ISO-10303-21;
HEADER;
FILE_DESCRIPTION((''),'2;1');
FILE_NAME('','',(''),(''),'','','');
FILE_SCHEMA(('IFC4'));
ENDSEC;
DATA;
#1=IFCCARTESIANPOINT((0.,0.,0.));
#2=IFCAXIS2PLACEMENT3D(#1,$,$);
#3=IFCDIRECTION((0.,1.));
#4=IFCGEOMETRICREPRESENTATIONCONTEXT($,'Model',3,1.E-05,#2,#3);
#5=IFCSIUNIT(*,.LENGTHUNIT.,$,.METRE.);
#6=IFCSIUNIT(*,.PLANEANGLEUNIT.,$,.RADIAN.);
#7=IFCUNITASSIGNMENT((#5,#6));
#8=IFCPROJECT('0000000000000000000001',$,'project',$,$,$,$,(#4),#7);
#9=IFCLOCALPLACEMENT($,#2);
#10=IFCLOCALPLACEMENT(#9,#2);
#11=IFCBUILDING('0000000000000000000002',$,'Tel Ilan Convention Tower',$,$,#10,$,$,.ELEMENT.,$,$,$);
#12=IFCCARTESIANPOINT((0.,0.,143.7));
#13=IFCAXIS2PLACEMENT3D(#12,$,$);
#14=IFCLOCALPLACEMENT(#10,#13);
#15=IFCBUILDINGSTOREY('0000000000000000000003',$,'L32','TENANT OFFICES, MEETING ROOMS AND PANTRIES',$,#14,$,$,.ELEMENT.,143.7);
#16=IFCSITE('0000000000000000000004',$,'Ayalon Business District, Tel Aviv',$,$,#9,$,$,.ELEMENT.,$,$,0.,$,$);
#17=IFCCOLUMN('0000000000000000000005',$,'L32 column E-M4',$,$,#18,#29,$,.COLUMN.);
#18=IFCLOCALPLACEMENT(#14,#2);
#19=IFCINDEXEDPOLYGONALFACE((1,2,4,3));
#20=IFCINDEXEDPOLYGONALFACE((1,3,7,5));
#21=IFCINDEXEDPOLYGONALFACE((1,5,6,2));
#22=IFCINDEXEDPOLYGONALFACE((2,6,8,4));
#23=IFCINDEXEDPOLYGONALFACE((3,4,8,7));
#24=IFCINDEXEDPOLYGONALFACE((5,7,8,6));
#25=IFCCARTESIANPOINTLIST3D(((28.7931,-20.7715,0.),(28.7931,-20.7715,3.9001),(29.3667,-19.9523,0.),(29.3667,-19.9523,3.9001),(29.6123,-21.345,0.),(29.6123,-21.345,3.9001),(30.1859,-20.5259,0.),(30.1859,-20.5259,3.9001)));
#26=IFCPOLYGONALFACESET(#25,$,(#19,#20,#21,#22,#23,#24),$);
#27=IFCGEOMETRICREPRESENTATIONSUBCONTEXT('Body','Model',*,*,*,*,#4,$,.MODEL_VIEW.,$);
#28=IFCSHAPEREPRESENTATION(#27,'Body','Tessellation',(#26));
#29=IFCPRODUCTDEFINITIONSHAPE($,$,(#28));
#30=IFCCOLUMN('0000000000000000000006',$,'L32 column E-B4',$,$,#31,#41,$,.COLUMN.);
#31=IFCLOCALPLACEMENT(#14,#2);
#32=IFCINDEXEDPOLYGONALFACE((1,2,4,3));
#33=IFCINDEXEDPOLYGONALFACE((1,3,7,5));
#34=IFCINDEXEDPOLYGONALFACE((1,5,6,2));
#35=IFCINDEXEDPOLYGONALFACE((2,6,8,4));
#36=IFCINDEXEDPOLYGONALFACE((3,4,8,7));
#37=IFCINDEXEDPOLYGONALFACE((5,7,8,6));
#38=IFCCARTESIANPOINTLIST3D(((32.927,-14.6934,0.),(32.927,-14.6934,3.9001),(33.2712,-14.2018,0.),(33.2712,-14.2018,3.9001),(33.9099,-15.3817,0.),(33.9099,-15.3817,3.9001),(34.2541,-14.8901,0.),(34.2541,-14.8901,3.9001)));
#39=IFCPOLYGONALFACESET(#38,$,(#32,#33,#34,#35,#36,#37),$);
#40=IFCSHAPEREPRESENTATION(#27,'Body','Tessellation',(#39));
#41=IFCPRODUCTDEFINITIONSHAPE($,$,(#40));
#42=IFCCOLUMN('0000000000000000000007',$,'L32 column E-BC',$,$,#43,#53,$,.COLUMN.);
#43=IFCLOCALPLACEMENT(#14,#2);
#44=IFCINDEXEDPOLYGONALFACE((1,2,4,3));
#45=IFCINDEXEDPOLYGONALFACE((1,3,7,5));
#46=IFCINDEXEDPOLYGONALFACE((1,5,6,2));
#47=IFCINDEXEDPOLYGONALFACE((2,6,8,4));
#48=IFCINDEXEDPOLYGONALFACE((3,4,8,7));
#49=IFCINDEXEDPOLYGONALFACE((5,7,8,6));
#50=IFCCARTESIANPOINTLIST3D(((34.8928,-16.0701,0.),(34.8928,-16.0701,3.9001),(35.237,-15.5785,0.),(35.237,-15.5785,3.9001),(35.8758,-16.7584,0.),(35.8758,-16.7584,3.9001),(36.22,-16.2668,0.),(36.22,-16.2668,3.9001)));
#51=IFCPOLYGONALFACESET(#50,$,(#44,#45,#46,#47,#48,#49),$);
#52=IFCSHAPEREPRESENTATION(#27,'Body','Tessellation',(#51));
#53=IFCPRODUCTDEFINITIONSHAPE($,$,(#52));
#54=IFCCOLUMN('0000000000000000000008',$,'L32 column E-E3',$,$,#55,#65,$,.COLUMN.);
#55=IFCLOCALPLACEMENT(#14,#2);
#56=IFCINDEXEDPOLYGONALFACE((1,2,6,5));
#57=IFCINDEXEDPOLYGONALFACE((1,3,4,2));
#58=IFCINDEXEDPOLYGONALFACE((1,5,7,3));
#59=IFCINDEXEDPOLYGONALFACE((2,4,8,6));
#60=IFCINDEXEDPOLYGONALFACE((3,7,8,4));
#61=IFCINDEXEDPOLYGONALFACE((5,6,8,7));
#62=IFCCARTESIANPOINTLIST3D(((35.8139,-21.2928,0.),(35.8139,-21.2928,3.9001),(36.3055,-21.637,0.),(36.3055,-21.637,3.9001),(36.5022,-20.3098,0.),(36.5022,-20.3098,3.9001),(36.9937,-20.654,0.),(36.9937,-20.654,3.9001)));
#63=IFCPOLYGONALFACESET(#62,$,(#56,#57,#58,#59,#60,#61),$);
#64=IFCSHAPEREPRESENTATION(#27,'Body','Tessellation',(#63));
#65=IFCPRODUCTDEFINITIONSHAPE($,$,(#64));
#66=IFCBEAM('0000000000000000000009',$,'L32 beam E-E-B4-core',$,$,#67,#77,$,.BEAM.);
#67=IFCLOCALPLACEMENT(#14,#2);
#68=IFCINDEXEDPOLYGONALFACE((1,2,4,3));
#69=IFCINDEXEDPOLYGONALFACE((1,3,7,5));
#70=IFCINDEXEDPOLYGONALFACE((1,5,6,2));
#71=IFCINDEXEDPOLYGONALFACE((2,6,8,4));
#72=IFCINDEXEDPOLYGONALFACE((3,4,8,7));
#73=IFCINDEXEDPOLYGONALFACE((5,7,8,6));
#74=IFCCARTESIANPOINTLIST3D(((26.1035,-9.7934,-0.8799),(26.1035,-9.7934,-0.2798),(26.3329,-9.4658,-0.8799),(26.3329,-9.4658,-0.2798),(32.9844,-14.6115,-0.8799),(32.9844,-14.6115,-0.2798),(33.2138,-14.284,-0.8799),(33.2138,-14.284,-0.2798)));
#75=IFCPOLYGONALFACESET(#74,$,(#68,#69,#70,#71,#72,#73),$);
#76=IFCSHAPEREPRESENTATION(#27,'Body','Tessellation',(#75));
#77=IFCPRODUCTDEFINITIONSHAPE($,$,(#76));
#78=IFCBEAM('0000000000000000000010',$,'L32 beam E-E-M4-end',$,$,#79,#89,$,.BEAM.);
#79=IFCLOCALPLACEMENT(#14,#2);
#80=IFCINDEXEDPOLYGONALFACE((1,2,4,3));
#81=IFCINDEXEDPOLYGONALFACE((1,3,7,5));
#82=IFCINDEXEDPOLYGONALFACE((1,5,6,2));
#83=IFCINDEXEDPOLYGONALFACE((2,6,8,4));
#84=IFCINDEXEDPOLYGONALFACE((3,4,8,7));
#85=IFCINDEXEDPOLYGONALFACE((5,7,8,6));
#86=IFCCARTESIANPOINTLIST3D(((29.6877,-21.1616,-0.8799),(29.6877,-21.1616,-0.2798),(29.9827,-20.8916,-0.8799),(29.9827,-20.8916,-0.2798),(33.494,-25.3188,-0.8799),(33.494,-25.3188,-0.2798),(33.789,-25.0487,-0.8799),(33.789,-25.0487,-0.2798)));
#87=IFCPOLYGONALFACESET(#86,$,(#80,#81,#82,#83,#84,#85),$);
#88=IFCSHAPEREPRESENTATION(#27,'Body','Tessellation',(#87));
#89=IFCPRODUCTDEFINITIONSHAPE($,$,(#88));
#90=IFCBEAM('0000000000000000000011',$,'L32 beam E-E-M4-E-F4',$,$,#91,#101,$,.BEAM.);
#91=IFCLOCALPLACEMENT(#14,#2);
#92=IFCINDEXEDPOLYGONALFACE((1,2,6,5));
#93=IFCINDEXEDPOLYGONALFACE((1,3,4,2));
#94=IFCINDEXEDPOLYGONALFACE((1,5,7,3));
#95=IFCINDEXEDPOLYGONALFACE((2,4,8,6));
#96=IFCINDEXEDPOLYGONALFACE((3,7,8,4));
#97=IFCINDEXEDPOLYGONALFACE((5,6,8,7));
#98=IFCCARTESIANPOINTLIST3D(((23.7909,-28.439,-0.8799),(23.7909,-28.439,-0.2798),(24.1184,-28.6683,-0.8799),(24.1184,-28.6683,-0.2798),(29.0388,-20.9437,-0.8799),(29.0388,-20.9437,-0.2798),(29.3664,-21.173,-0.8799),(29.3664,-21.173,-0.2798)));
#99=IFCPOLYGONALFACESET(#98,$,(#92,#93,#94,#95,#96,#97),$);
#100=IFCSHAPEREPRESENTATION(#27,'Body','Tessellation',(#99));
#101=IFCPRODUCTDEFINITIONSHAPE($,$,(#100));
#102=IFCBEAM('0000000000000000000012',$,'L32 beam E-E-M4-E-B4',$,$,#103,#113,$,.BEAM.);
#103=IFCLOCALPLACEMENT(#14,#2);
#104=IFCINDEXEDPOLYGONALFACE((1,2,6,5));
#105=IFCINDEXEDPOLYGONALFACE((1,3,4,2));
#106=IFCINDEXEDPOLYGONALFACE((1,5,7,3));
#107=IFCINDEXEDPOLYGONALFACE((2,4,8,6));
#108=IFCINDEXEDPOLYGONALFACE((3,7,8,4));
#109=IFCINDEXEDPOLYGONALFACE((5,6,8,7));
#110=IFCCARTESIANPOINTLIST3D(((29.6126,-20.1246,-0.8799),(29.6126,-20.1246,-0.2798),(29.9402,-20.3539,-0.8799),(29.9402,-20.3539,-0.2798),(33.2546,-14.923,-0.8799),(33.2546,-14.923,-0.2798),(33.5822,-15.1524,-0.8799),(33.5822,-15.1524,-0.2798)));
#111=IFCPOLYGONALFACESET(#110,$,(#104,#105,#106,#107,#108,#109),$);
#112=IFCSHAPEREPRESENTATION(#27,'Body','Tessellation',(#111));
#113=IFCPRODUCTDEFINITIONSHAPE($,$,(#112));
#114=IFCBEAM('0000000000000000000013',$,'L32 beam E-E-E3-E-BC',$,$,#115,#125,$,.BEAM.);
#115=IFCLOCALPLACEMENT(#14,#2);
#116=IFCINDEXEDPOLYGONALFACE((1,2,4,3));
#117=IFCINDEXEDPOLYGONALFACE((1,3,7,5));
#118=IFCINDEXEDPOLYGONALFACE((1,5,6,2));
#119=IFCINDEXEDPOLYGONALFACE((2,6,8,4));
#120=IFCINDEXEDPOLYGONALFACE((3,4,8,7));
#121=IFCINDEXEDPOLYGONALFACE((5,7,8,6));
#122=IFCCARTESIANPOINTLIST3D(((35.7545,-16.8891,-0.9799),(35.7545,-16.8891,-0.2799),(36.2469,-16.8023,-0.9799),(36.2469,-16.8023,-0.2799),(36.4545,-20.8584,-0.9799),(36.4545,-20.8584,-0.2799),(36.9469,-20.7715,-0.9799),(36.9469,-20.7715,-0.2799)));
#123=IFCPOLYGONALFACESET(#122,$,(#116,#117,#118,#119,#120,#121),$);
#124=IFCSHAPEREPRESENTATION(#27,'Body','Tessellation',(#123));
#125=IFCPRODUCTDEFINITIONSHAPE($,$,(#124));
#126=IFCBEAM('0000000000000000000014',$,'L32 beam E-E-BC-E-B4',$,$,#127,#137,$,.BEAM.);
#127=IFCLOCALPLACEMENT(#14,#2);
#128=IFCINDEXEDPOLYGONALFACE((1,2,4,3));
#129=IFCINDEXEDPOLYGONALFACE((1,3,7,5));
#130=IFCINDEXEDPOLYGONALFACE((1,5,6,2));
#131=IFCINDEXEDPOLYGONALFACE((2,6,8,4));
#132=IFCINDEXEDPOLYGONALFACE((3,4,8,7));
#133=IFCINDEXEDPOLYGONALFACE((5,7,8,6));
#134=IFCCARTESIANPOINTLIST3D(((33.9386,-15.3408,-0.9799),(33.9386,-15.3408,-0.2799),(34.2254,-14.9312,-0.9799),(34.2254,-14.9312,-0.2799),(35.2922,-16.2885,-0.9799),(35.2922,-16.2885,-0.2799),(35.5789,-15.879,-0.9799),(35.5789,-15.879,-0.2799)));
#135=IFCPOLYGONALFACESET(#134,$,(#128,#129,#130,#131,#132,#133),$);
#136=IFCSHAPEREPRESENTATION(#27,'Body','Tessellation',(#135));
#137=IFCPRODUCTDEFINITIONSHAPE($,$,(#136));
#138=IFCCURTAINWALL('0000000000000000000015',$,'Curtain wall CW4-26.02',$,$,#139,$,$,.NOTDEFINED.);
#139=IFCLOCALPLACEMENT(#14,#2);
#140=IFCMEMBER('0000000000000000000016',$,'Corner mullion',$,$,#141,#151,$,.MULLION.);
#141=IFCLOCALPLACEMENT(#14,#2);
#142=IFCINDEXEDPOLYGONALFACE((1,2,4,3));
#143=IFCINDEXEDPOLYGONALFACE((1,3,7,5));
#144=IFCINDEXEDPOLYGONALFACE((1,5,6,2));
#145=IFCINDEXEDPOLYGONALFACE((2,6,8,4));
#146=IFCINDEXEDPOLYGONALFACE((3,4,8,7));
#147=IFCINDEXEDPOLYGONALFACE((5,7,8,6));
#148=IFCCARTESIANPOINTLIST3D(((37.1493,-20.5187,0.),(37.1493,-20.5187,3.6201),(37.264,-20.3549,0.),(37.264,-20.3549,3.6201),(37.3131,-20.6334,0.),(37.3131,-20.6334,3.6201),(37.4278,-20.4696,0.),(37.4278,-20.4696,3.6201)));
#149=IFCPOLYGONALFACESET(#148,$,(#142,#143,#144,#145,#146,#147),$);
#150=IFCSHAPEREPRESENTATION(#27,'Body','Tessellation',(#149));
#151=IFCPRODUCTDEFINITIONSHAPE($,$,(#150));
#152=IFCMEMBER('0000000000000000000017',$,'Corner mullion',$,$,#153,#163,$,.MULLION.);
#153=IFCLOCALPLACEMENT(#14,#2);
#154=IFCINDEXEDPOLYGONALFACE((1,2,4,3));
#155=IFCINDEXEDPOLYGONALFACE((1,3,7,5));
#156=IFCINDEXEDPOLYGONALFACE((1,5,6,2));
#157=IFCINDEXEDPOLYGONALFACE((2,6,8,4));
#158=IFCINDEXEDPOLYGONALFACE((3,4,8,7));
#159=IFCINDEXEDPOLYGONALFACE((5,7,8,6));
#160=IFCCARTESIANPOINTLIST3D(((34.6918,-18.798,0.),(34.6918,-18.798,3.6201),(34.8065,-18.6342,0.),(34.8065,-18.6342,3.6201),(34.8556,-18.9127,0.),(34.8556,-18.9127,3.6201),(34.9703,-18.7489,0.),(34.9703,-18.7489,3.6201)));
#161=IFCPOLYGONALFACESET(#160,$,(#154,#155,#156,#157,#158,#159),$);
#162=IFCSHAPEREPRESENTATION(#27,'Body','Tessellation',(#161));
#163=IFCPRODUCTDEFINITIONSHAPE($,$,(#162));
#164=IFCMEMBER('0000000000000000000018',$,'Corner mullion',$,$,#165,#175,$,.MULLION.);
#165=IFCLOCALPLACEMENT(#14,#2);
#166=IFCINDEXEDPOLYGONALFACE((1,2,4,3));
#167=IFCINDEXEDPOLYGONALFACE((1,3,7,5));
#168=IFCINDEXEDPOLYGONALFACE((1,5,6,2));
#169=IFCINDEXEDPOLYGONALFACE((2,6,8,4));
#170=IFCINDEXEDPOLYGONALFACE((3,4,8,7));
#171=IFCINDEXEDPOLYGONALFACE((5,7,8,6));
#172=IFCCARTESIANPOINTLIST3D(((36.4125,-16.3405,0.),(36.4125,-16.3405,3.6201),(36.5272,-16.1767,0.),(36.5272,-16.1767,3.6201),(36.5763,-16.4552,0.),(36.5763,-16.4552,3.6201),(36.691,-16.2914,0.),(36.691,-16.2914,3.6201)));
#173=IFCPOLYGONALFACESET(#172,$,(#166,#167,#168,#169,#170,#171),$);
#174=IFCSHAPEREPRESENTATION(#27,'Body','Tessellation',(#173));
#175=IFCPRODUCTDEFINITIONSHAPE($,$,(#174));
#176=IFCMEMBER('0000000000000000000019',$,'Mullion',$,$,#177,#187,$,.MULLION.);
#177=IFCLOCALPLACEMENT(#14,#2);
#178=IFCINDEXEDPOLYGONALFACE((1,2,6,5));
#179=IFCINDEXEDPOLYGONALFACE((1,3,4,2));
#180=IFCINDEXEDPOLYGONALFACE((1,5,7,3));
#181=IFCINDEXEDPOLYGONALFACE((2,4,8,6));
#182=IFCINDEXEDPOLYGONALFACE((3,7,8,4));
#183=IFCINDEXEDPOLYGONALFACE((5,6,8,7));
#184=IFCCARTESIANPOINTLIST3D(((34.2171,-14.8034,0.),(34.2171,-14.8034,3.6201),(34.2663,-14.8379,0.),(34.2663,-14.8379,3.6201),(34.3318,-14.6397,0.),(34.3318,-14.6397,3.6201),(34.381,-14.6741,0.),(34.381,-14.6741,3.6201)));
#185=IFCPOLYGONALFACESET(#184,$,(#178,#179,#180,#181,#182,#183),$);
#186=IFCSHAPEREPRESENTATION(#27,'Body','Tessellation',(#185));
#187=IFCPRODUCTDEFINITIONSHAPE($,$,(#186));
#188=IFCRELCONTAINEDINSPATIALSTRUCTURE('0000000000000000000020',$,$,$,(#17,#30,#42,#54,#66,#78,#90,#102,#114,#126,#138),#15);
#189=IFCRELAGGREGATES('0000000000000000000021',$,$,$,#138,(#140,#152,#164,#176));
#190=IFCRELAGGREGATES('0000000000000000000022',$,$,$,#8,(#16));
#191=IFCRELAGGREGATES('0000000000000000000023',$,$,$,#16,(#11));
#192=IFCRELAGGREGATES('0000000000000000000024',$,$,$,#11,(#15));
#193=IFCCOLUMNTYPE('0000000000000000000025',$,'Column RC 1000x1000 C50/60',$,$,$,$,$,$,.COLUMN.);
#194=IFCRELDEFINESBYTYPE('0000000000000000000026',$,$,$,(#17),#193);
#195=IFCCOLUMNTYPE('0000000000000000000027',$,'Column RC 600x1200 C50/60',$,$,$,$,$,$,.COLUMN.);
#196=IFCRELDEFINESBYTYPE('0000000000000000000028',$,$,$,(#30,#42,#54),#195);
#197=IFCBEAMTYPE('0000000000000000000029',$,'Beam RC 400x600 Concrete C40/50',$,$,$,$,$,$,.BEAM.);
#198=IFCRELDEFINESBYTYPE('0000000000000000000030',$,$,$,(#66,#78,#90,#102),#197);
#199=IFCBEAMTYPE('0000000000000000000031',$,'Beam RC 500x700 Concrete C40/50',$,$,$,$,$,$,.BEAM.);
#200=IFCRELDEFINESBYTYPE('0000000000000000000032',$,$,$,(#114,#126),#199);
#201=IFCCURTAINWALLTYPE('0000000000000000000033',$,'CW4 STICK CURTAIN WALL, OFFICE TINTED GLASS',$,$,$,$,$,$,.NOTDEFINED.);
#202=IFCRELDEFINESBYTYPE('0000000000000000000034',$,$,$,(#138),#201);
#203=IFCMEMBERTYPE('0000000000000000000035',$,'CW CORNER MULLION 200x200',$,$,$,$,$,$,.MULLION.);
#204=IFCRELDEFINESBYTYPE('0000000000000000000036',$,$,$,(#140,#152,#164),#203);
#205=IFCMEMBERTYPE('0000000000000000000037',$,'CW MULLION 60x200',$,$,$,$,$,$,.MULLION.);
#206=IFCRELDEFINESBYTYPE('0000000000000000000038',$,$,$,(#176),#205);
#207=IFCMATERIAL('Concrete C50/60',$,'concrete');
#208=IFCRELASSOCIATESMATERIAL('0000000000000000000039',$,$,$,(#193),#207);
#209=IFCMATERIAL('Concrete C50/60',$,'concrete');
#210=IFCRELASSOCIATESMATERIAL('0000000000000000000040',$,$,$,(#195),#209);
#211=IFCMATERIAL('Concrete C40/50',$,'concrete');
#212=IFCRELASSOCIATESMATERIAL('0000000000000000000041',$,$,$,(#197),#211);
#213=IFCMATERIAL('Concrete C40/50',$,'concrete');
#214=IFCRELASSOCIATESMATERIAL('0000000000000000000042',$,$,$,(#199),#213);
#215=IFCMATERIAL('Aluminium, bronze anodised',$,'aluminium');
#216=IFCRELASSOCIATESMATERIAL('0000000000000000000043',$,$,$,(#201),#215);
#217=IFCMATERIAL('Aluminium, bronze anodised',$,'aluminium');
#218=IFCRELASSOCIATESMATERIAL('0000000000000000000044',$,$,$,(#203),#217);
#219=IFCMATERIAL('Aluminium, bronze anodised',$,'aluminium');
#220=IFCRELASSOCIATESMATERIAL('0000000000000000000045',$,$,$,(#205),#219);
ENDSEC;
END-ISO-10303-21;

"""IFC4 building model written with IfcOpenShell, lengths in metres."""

from ifc_helpers import new_model, si_unit, direction, frame, origin, origin_2d, place, context, subcontext, project, spatial, rectangle, extrude, material, material_profile, profile_set, type_object, element, aggregate, save


model = new_model("IFC4")

# Units and contexts
model_context = context("Model", 3, precision=1e-05, world=origin(), true_north=direction((0.0, 1.0)))
body_context = subcontext(model_context, "Body", "Model", "MODEL_VIEW")
ifc_project = project(units=[si_unit("LENGTHUNIT", "METRE"), si_unit("PLANEANGLEUNIT", "RADIAN")], contexts=[model_context])

# Site, building, storey
site_placement = place(None, origin())
site = spatial("IfcSite", under=ifc_project, at=site_placement, Name="Ayalon Business District, Tel Aviv", CompositionType="ELEMENT", RefElevation=0.0)
building_placement = place(site_placement, origin())
building = spatial("IfcBuilding", under=site, at=building_placement, Name="Tel Ilan Convention Tower", CompositionType="ELEMENT")
storey_placement = place(building_placement, frame((0.0, 0.0, 143.7)))
storey = spatial("IfcBuildingStorey", under=building, at=storey_placement, Name="L32", Description="TENANT OFFICES, MEETING ROOMS AND PANTRIES", CompositionType="ELEMENT", Elevation=143.7)

# Columns
ifc_material_1 = material(Name="Concrete C50/60", Category="concrete")
ifc_material_profile_1 = material_profile(ifc_material_1, rectangle(XDim=1.0, YDim=1.0, at=origin_2d()), Name="RC 1000x1000")
ifc_profile_set_1 = profile_set([ifc_material_profile_1], Name="Concrete C50/60")
column_type_1 = type_object("IfcColumnType", Name="Column RC 1000x1000 C50/60", PredefinedType="COLUMN", material=ifc_profile_set_1)
column_placement = place(storey_placement, frame((29.4895, -20.6487, 0.0), z_axis=(0.0, 0.0, 1.0), x_axis=(0.819152, -0.573576, 0.0)))
element("IfcColumn", 1, at=column_placement, inside=storey, type_object=column_type_1, Name="L32 column E-M4", PredefinedType="COLUMN", context=body_context, shape_type="SweptSolid", body=[
    extrude(rectangle(XDim=1.0, YDim=1.0, at=origin_2d()), origin(), (0.0, 0.0, 1.0), 3.9001),
])
ifc_material_2 = material(Name="Concrete C50/60", Category="concrete")
ifc_material_profile_2 = material_profile(ifc_material_2, rectangle(XDim=1.2, YDim=0.6001, at=origin_2d()), Name="RC 600x1200")
ifc_profile_set_2 = profile_set([ifc_material_profile_2], Name="Concrete C50/60")
column_type_2 = type_object("IfcColumnType", Name="Column RC 600x1200 C50/60", PredefinedType="COLUMN", material=ifc_profile_set_2)
for number, where, z_axis, x_axis, name in (
    (2, (33.5906, -14.7917, 0.0), (0.0, 0.0, 1.0), (0.819152, -0.573576, 0.0), "L32 column E-B4"),
    (3, (35.5564, -16.1685, 0.0), (0.0, 0.0, 1.0), (0.819152, -0.573576, 0.0), "L32 column E-BC"),
    (4, (36.4038, -20.9734, 0.0), (0.0, 0.0, 1.0), (0.573576, 0.819152, 0.0), "L32 column E-E3"),
):
    element("IfcColumn", number, at=place(storey_placement, frame(where, z_axis=z_axis, x_axis=x_axis)), inside=storey, type_object=column_type_2, Name=name, PredefinedType="COLUMN", context=body_context, shape_type="SweptSolid", body=[
        extrude(rectangle(XDim=1.2, YDim=0.6001, at=origin_2d()), origin(), (0.0, 0.0, 1.0), 3.9001),
    ])

# Beams
ifc_material_3 = material(Name="Concrete C40/50", Category="concrete")
ifc_material_profile_3 = material_profile(ifc_material_3, rectangle(XDim=0.3999, YDim=0.6001, at=origin_2d()), Name="RC 400x600")
ifc_profile_set_3 = profile_set([ifc_material_profile_3], Name="Concrete C40/50")
beam_type_1 = type_object("IfcBeamType", Name="Beam RC 400x600 Concrete C40/50", PredefinedType="BEAM", material=ifc_profile_set_3)
beam_1_placement = place(storey_placement, frame((33.0991, -14.4478, -0.5798), z_axis=(-0.819147, 0.573583, 0.0), x_axis=(-0.573583, -0.819147, 0.0)))
element("IfcBeam", 5, at=beam_1_placement, inside=storey, type_object=beam_type_1, Name="L32 beam E-E-B4-core", PredefinedType="BEAM", context=body_context, shape_type="SweptSolid", body=[
    extrude(rectangle(XDim=0.3999, YDim=0.6001, at=origin_2d()), origin(), (0.0, 0.0, 1.0), 8.4001),
])
beam_2_placement = place(storey_placement, frame((29.8352, -21.0266, -0.5798), z_axis=(0.675301, -0.737542, 0.0), x_axis=(0.737542, 0.675301, 0.0)))
element("IfcBeam", 6, at=beam_2_placement, inside=storey, type_object=beam_type_1, Name="L32 beam E-E-M4-end", PredefinedType="BEAM", context=body_context, shape_type="SweptSolid", body=[
    extrude(rectangle(XDim=0.3999, YDim=0.6001, at=origin_2d()), origin(), (0.0, 0.0, 1.0), 5.6365),
])
beam_3_placement = place(storey_placement, frame((29.2026, -21.0583, -0.5798), z_axis=(-0.573557, -0.819165, 0.0), x_axis=(0.819165, -0.573557, 0.0)))
element("IfcBeam", 7, at=beam_3_placement, inside=storey, type_object=beam_type_1, Name="L32 beam E-E-M4-E-F4", PredefinedType="BEAM", context=body_context, shape_type="SweptSolid", body=[
    extrude(rectangle(XDim=0.3999, YDim=0.6001, at=origin_2d()), origin(), (0.0, 0.0, 1.0), 9.1499),
])
beam_4_placement = place(storey_placement, frame((29.7764, -20.2393, -0.5798), z_axis=(0.57356, 0.819163, 0.0), x_axis=(-0.819163, 0.57356, 0.0)))
element("IfcBeam", 8, at=beam_4_placement, inside=storey, type_object=beam_type_1, Name="L32 beam E-E-M4-E-B4", PredefinedType="BEAM", context=body_context, shape_type="SweptSolid", body=[
    extrude(rectangle(XDim=0.3999, YDim=0.6001, at=origin_2d()), origin(), (0.0, 0.0, 1.0), 6.3499),
])
ifc_material_4 = material(Name="Concrete C40/50", Category="concrete")
ifc_material_profile_4 = material_profile(ifc_material_4, rectangle(XDim=0.5, YDim=0.7, at=origin_2d()), Name="RC 500x700")
ifc_profile_set_4 = profile_set([ifc_material_profile_4], Name="Concrete C40/50")
beam_type_2 = type_object("IfcBeamType", Name="Beam RC 500x700 Concrete C40/50", PredefinedType="BEAM", material=ifc_profile_set_4)
beam_5_placement = place(storey_placement, frame((36.7007, -20.8149, -0.6299), z_axis=(-0.173664, 0.984805, 0.0), x_axis=(-0.984805, -0.173664, 0.0)))
element("IfcBeam", 9, at=beam_5_placement, inside=storey, type_object=beam_type_2, Name="L32 beam E-E-E3-E-BC", PredefinedType="BEAM", context=body_context, shape_type="SweptSolid", body=[
    extrude(rectangle(XDim=0.5, YDim=0.7, at=origin_2d()), origin(), (0.0, 0.0, 1.0), 4.0305),
])
beam_6_placement = place(storey_placement, frame((35.4355, -16.0837, -0.6299), z_axis=(-0.819149, 0.573581, 0.0), x_axis=(-0.573581, -0.819149, 0.0)))
element("IfcBeam", 10, at=beam_6_placement, inside=storey, type_object=beam_type_2, Name="L32 beam E-E-BC-E-B4", PredefinedType="BEAM", context=body_context, shape_type="SweptSolid", body=[
    extrude(rectangle(XDim=0.5, YDim=0.7, at=origin_2d()), origin(), (0.0, 0.0, 1.0), 1.6523),
])

# Curtain wall, members
ifc_material_5 = material(Name="Aluminium, bronze anodised", Category="aluminium")
curtain_wall_type = type_object("IfcCurtainWallType", Name="CW4 STICK CURTAIN WALL, OFFICE TINTED GLASS", PredefinedType="NOTDEFINED", material=ifc_material_5)
curtain_wall_placement = place(storey_placement, origin())
curtain_wall = element("IfcCurtainWall", 11, at=curtain_wall_placement, inside=storey, type_object=curtain_wall_type, Name="Curtain wall CW4-26.02", PredefinedType="NOTDEFINED")
ifc_material_6 = material(Name="Aluminium, bronze anodised", Category="aluminium")
ifc_material_profile_5 = material_profile(ifc_material_6, rectangle(XDim=0.2, YDim=0.2, at=origin_2d()), Name="CW CORNER MULLION 200x200")
ifc_profile_set_5 = profile_set([ifc_material_profile_5], Name="Aluminium, bronze anodised")
member_type_1 = type_object("IfcMemberType", Name="CW CORNER MULLION 200x200", PredefinedType="MULLION", material=ifc_profile_set_5)
member_1_placement = place(storey_placement, frame((37.2886, -20.4941, 0.0), z_axis=(0.0, 0.0, 1.0), x_axis=(0.573576, 0.819152, 0.0)))
member_1 = element("IfcMember", 12, at=member_1_placement, type_object=member_type_1, Name="Corner mullion", PredefinedType="MULLION", context=body_context, shape_type="SweptSolid", body=[
    extrude(rectangle(XDim=0.2, YDim=0.2, at=origin_2d()), origin(), (0.0, 0.0, 1.0), 3.6201),
])
member_2_placement = place(storey_placement, frame((34.8311, -18.7734, 0.0), z_axis=(0.0, 0.0, 1.0), x_axis=(-0.819152, 0.573576, 0.0)))
member_2 = element("IfcMember", 13, at=member_2_placement, type_object=member_type_1, Name="Corner mullion", PredefinedType="MULLION", context=body_context, shape_type="SweptSolid", body=[
    extrude(rectangle(XDim=0.2, YDim=0.2, at=origin_2d()), origin(), (0.0, 0.0, 1.0), 3.6201),
])
member_3_placement = place(storey_placement, frame((36.5518, -16.3159, 0.0), z_axis=(0.0, 0.0, 1.0), x_axis=(0.573576, 0.819152, 0.0)))
member_3 = element("IfcMember", 14, at=member_3_placement, type_object=member_type_1, Name="Corner mullion", PredefinedType="MULLION", context=body_context, shape_type="SweptSolid", body=[
    extrude(rectangle(XDim=0.2, YDim=0.2, at=origin_2d()), origin(), (0.0, 0.0, 1.0), 3.6201),
])
ifc_material_7 = material(Name="Aluminium, bronze anodised", Category="aluminium")
ifc_material_profile_6 = material_profile(ifc_material_7, rectangle(XDim=0.0601, YDim=0.2, at=origin_2d()), Name="CW MULLION 60x200")
ifc_profile_set_6 = profile_set([ifc_material_profile_6], Name="Aluminium, bronze anodised")
member_type_2 = type_object("IfcMemberType", Name="CW MULLION 60x200", PredefinedType="MULLION", material=ifc_profile_set_6)
member_4_placement = place(storey_placement, frame((34.2991, -14.7388, 0.0), z_axis=(0.0, 0.0, 1.0), x_axis=(-0.819152, 0.573576, 0.0)))
member_4 = element("IfcMember", 15, at=member_4_placement, type_object=member_type_2, Name="Mullion", PredefinedType="MULLION", context=body_context, shape_type="SweptSolid", body=[
    extrude(rectangle(XDim=0.0601, YDim=0.2, at=origin_2d()), origin(), (0.0, 0.0, 1.0), 3.6201),
])
aggregate(curtain_wall, [member_1, member_2, member_3, member_4])

save(model, "model.ifc")
